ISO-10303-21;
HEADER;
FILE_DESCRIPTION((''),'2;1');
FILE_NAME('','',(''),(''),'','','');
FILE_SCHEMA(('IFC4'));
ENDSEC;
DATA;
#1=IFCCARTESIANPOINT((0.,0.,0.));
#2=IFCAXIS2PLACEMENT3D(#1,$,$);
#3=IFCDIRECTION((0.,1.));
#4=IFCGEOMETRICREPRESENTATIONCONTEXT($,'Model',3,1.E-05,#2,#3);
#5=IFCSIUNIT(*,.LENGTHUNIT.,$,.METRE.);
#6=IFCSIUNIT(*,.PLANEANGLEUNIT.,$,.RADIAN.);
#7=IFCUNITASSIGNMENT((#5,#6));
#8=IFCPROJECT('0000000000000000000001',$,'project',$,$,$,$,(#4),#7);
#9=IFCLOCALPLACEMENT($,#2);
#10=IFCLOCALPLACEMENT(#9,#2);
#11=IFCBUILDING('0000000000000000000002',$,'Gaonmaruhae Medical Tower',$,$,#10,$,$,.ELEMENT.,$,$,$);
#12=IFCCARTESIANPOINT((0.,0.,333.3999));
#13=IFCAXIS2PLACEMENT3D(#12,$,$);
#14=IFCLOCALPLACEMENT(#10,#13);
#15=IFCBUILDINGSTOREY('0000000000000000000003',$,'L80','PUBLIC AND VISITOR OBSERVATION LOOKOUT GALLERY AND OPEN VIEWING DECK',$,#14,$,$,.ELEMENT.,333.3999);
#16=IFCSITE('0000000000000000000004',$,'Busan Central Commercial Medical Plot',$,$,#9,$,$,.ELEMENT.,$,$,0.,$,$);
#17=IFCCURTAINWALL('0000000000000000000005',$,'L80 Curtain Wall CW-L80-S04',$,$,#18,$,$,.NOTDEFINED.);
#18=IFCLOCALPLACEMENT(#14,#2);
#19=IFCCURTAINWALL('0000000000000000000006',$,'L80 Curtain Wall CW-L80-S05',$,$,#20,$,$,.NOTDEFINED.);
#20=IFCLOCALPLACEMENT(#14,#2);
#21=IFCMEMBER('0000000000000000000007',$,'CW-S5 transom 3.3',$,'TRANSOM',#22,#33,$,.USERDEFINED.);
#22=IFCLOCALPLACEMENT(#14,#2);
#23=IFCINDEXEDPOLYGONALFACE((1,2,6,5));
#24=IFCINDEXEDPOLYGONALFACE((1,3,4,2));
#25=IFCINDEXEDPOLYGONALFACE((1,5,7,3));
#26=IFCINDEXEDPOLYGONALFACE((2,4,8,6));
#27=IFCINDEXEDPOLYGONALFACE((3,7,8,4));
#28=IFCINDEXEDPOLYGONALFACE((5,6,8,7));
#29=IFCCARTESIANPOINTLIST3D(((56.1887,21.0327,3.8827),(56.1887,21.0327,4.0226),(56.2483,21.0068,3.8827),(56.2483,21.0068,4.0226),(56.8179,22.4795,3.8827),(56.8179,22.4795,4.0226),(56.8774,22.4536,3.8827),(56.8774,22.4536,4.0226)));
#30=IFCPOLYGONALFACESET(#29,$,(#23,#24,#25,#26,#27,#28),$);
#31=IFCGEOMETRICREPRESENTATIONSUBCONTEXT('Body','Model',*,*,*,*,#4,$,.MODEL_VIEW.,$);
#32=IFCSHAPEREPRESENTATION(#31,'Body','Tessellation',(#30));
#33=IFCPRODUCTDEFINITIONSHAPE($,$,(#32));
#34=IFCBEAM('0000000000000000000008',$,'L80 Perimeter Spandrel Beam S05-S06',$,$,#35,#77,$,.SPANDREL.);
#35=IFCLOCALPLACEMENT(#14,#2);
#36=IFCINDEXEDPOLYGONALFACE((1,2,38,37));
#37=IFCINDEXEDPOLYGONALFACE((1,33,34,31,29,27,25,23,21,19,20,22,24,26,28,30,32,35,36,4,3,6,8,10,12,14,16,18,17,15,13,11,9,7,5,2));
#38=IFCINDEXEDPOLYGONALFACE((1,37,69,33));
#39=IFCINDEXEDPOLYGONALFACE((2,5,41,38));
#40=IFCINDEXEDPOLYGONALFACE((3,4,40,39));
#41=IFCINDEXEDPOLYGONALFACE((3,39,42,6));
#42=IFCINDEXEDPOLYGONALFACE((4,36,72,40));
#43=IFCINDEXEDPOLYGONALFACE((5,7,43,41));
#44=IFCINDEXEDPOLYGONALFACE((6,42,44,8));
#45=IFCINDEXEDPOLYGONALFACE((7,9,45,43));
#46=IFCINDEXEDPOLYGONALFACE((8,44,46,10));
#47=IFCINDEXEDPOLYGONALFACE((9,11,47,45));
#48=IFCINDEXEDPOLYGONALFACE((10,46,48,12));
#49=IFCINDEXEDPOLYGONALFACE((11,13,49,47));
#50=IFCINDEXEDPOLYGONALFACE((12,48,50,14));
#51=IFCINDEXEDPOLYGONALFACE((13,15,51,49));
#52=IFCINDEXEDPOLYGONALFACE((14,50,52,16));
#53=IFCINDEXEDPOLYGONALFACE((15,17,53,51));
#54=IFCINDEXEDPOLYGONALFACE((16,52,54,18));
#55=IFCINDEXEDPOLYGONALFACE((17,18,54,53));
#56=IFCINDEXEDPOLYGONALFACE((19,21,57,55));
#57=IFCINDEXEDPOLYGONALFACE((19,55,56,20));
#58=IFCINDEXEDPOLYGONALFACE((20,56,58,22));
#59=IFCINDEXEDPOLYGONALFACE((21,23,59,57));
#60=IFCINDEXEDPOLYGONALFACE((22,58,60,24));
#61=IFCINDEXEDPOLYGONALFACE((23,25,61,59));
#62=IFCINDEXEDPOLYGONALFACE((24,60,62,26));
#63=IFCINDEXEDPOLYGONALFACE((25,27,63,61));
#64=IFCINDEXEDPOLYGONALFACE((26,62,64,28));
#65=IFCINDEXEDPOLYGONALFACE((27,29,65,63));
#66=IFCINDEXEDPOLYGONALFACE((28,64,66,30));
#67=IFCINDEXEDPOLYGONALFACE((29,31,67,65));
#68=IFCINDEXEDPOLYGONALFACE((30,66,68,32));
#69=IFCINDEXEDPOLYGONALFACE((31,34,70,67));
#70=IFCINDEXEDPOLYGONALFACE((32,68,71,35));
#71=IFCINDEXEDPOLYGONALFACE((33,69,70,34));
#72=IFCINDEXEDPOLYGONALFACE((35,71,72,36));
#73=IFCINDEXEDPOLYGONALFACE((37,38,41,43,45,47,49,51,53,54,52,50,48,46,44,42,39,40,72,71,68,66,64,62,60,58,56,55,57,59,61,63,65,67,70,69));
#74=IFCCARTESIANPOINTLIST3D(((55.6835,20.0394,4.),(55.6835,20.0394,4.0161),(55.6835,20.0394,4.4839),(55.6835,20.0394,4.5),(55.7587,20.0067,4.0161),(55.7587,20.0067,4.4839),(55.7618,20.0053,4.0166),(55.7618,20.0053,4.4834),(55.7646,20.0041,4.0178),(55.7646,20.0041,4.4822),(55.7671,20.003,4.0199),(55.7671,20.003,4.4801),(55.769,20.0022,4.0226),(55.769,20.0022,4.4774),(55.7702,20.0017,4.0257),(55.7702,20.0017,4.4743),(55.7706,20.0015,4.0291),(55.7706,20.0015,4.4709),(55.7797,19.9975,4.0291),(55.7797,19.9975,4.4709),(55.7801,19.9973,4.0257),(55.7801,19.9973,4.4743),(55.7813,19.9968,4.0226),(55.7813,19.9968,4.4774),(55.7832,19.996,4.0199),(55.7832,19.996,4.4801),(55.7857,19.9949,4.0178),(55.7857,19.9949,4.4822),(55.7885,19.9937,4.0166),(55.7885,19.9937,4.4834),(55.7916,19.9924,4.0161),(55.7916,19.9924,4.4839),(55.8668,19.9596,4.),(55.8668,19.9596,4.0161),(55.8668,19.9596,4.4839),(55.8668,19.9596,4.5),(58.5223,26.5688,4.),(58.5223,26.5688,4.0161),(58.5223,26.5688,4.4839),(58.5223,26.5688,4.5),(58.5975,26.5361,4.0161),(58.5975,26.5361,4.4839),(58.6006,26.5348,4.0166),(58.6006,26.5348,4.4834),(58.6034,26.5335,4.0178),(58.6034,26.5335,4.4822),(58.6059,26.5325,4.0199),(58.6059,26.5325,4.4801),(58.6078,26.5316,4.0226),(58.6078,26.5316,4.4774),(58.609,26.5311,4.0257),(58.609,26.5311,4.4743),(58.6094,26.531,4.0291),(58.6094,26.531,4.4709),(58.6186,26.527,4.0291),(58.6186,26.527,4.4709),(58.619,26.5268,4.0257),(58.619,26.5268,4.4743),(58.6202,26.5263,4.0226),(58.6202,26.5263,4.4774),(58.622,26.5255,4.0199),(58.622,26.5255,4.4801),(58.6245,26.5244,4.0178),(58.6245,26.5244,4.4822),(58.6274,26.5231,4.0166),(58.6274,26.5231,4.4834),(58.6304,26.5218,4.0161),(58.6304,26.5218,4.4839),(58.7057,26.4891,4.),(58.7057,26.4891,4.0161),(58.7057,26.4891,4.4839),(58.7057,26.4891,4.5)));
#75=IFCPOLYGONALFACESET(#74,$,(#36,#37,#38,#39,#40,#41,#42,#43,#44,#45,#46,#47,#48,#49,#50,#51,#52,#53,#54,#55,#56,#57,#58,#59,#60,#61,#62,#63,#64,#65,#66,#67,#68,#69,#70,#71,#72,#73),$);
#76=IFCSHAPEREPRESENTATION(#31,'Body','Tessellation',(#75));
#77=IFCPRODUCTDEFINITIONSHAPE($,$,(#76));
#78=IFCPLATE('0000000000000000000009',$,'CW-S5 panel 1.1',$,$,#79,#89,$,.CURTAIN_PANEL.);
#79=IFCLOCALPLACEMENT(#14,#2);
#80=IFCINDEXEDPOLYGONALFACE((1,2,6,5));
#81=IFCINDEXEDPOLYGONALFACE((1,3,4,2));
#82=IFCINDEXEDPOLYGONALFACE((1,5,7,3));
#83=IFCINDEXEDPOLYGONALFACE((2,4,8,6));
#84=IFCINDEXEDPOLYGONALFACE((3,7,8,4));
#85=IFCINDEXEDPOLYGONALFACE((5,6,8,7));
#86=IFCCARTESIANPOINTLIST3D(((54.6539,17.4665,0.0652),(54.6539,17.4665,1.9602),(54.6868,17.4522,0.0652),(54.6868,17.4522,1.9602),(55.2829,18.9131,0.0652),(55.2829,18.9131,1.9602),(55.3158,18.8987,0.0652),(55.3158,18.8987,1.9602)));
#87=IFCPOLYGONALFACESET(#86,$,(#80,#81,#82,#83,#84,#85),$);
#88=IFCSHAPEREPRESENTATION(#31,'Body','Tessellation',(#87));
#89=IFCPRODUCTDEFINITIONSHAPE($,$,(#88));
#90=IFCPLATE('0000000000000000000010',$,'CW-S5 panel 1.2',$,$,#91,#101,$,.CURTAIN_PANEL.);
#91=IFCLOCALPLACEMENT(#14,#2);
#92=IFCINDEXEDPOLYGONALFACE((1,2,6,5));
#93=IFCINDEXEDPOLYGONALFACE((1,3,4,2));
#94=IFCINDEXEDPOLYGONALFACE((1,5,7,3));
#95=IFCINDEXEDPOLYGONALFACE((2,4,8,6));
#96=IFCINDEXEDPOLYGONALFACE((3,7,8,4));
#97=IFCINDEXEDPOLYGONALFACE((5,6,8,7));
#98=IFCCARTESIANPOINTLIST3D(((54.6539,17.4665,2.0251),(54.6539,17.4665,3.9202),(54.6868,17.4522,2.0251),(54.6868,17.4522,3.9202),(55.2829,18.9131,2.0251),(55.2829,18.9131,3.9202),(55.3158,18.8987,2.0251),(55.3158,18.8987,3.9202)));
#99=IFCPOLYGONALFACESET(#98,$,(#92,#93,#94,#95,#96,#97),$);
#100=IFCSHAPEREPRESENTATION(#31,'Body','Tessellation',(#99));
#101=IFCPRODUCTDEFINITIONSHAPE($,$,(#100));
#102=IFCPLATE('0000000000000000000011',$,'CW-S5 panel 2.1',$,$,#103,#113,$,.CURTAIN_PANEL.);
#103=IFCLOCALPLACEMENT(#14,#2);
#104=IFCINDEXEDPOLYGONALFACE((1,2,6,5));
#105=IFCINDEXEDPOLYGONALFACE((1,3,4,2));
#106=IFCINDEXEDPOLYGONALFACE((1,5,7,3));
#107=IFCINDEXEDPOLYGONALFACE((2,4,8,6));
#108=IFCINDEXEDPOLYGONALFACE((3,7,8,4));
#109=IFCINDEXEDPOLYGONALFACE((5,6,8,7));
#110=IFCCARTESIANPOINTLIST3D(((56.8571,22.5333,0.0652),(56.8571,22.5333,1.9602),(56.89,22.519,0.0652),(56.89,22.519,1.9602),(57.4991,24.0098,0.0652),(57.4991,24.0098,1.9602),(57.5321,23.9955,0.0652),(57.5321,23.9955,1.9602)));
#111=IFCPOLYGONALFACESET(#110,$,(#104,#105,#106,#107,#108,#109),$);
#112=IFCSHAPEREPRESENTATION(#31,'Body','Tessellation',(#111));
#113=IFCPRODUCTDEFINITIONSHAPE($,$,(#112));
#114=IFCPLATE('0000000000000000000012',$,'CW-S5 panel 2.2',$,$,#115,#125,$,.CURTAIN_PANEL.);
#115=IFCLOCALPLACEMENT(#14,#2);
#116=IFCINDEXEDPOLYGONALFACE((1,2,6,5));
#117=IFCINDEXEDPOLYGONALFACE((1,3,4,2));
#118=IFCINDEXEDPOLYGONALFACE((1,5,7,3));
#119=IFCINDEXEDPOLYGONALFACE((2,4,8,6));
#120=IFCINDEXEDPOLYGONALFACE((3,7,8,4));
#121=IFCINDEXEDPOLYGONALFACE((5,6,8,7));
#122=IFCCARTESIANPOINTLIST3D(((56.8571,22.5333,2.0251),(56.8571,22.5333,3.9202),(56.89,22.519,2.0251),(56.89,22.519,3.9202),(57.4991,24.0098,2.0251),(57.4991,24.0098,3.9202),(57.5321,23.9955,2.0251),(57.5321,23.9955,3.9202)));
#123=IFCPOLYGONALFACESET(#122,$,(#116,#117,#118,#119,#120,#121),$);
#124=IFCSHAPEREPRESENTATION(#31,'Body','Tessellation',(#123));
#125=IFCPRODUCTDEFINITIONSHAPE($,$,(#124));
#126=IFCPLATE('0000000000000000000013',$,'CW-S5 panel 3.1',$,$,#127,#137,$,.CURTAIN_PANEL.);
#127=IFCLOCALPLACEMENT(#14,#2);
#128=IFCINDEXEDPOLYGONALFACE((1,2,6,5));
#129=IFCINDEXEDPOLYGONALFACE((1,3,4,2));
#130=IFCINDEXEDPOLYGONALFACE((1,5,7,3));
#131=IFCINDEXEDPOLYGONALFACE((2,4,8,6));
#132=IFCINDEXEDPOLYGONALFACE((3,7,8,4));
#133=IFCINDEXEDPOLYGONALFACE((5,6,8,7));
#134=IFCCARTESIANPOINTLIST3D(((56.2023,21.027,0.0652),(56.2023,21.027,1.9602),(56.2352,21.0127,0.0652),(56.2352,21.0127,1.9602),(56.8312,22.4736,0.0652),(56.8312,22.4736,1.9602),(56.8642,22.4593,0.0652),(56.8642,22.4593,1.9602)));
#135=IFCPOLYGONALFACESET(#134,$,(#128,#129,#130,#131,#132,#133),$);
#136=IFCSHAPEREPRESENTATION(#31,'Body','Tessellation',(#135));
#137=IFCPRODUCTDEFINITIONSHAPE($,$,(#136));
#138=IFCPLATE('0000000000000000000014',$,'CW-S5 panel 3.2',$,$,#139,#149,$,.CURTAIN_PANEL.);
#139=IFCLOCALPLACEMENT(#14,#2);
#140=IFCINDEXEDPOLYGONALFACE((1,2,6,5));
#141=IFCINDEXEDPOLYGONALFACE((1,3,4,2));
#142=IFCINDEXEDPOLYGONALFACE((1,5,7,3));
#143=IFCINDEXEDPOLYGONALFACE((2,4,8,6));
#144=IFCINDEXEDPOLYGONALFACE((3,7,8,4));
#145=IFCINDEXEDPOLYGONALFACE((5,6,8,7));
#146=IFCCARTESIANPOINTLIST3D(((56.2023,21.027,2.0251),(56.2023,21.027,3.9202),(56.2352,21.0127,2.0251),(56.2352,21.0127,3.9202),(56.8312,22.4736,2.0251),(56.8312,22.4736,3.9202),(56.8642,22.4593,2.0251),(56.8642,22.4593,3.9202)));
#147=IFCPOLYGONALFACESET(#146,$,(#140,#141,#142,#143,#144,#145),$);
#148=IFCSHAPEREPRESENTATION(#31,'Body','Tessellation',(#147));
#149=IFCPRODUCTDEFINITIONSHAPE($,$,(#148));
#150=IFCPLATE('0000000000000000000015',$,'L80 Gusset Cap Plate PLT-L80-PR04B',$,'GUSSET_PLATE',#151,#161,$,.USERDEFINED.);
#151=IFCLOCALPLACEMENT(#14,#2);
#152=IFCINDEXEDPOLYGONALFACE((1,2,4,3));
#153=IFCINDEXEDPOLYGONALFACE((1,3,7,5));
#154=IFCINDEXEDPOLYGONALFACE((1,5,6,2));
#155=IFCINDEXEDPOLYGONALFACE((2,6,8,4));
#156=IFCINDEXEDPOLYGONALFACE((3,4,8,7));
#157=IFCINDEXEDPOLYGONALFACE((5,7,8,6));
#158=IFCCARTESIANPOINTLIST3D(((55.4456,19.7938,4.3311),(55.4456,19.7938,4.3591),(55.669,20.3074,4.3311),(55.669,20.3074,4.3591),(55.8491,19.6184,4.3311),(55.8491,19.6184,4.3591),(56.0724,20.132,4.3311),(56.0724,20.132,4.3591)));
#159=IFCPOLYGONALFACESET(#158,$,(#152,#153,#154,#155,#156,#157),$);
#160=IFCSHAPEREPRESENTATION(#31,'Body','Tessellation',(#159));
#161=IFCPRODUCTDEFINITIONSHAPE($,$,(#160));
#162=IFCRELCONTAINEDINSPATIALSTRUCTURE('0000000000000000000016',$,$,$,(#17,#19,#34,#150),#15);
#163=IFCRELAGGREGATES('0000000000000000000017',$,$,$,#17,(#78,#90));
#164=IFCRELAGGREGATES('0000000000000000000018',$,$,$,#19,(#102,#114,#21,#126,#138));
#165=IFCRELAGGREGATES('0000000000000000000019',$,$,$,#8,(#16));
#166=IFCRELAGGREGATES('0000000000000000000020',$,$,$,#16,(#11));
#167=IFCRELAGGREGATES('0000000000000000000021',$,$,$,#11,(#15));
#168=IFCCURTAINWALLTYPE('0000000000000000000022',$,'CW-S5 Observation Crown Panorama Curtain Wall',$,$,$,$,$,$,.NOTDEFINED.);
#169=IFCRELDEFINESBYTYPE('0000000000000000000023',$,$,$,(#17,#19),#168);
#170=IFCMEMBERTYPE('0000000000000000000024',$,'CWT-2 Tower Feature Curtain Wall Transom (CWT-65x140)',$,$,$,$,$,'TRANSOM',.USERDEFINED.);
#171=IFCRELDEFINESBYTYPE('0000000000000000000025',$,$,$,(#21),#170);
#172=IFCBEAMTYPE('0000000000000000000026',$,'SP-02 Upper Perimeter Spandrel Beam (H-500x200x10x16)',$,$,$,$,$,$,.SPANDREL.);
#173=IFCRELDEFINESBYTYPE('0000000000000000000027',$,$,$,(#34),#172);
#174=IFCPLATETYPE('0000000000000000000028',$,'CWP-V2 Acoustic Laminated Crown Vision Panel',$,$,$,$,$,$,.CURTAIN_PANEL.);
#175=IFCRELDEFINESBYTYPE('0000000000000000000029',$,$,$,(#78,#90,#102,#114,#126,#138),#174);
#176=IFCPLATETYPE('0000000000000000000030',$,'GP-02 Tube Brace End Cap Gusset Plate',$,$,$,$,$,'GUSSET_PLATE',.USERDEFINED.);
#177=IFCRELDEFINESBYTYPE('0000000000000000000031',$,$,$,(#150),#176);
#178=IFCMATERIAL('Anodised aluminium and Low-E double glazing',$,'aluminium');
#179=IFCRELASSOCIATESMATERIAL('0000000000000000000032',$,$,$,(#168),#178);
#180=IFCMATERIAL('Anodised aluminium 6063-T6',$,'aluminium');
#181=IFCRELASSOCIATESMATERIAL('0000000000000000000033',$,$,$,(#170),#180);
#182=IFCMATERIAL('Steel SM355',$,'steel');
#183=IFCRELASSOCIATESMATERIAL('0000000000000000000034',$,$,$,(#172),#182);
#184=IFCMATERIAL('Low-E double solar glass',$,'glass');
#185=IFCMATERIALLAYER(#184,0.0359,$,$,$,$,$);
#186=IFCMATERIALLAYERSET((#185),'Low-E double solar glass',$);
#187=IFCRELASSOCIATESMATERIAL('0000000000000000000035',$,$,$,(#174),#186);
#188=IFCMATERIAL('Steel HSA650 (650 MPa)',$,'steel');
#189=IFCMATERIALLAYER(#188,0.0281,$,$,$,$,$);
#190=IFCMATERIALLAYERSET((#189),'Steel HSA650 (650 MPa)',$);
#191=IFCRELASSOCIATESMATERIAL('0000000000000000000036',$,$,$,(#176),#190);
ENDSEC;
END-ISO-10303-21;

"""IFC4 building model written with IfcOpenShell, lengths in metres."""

from ifc_helpers import new_model, si_unit, direction, frame, origin, origin_2d, place, context, subcontext, project, spatial, rectangle, i_section, extrude, material, layer, layer_set, material_profile, profile_set, type_object, element, aggregate, save


model = new_model("IFC4")

# Units and contexts
model_context = context("Model", 3, precision=1e-05, world=origin(), true_north=direction((0.0, 1.0)))
body_context = subcontext(model_context, "Body", "Model", "MODEL_VIEW")
ifc_project = project(units=[si_unit("LENGTHUNIT", "METRE"), si_unit("PLANEANGLEUNIT", "RADIAN")], contexts=[model_context])

# Site, building, storey
site_placement = place(None, origin())
site = spatial("IfcSite", under=ifc_project, at=site_placement, Name="Busan Central Commercial Medical Plot", CompositionType="ELEMENT", RefElevation=0.0)
building_placement = place(site_placement, origin())
building = spatial("IfcBuilding", under=site, at=building_placement, Name="Gaonmaruhae Medical Tower", CompositionType="ELEMENT")
storey_placement = place(building_placement, frame((0.0, 0.0, 333.3999)))
storey = spatial("IfcBuildingStorey", under=building, at=storey_placement, Name="L80", Description="PUBLIC AND VISITOR OBSERVATION LOOKOUT GALLERY AND OPEN VIEWING DECK", CompositionType="ELEMENT", Elevation=333.3999)

# Curtain walls
ifc_material_1 = material(Name="Anodised aluminium and Low-E double glazing", Category="aluminium")
curtain_wall_type = type_object("IfcCurtainWallType", Name="CW-S5 Observation Crown Panorama Curtain Wall", PredefinedType="NOTDEFINED", material=ifc_material_1)
curtain_wall_1_placement = place(storey_placement, origin())
curtain_wall_1 = element("IfcCurtainWall", 1, at=curtain_wall_1_placement, inside=storey, type_object=curtain_wall_type, Name="L80 Curtain Wall CW-L80-S04", PredefinedType="NOTDEFINED")
ifc_material_2 = material(Name="Anodised aluminium 6063-T6", Category="aluminium")
curtain_wall_2_placement = place(storey_placement, origin())
curtain_wall_2 = element("IfcCurtainWall", 2, at=curtain_wall_2_placement, inside=storey, type_object=curtain_wall_type, Name="L80 Curtain Wall CW-L80-S05", PredefinedType="NOTDEFINED")

# Member
ifc_material_profile_1 = material_profile(ifc_material_2, rectangle(XDim=0.0649, YDim=0.1399, at=origin_2d()), Name="CWT-65x140")
ifc_profile_set_1 = profile_set([ifc_material_profile_1], Name="Anodised aluminium 6063-T6")
member_type_1 = type_object("IfcMemberType", Name="CWT-2 Tower Feature Curtain Wall Transom (CWT-65x140)", ElementType="TRANSOM", PredefinedType="USERDEFINED", material=ifc_profile_set_1)
member_1_placement = place(storey_placement, frame((56.8477, 22.4666, 3.9526), z_axis=(-0.398788, -0.917043, 0.0), x_axis=(0.917043, -0.398788, 0.0)))
member_1 = element("IfcMember", 3, at=member_1_placement, type_object=member_type_1, Name="CW-S5 transom 3.3", ObjectType="TRANSOM", PredefinedType="USERDEFINED", context=body_context, shape_type="SweptSolid", body=[
    extrude(rectangle(XDim=0.0649, YDim=0.1399, at=origin_2d()), origin(), (0.0, 0.0, 1.0), 1.5776),
])

# Beam
ifc_material_3 = material(Name="Steel SM355", Category="steel")
ifc_material_profile_2 = material_profile(ifc_material_3, i_section(OverallWidth=0.2, OverallDepth=0.5, WebThickness=0.01, FlangeThickness=0.0161, FilletRadius=0.0129, at=origin_2d()), Name="H-500x200x10x16")
ifc_profile_set_2 = profile_set([ifc_material_profile_2], Name="Steel SM355")
beam_type = type_object("IfcBeamType", Name="SP-02 Upper Perimeter Spandrel Beam (H-500x200x10x16)", PredefinedType="SPANDREL", material=ifc_profile_set_2)
beam_placement = place(storey_placement, frame((55.7751, 19.9995, 4.25), z_axis=(0.398719, 0.917073, 0.0), x_axis=(-0.917073, 0.398719, 0.0)))
element("IfcBeam", 4, at=beam_placement, inside=storey, type_object=beam_type, Name="L80 Perimeter Spandrel Beam S05-S06", PredefinedType="SPANDREL", context=body_context, shape_type="SweptSolid", body=[
    extrude(i_section(OverallWidth=0.2, OverallDepth=0.5, WebThickness=0.01, FlangeThickness=0.0161, FilletRadius=0.0129, at=origin_2d()), origin(), (0.0, 0.0, 1.0), 7.1199),
])

# Plates
ifc_material_4 = material(Name="Low-E double solar glass", Category="glass")
ifc_layer_1 = layer(ifc_material_4, 0.0359)
ifc_layer_set_1 = layer_set([ifc_layer_1], Name="Low-E double solar glass")
plate_type_1 = type_object("IfcPlateType", Name="CWP-V2 Acoustic Laminated Crown Vision Panel", PredefinedType="CURTAIN_PANEL", material=ifc_layer_set_1)
plate_1_placement = place(storey_placement, frame((54.9849, 18.1826, 0.0652), z_axis=(0.0, 0.0, 1.0), x_axis=(-0.398749, -0.91706, 0.0)))
plate_1 = element("IfcPlate", 5, at=plate_1_placement, type_object=plate_type_1, Name="CW-S5 panel 1.1", PredefinedType="CURTAIN_PANEL", context=body_context, shape_type="SweptSolid", body=[
    extrude(rectangle(XDim=1.5774, YDim=0.0359, at=origin_2d()), origin(), (0.0, 0.0, 1.0), 1.895),
])
plate_2_placement = place(storey_placement, frame((54.9849, 18.1826, 2.0251), z_axis=(0.0, 0.0, 1.0), x_axis=(-0.398749, -0.91706, 0.0)))
plate_2 = element("IfcPlate", 6, at=plate_2_placement, type_object=plate_type_1, Name="CW-S5 panel 1.2", PredefinedType="CURTAIN_PANEL", context=body_context, shape_type="SweptSolid", body=[
    extrude(rectangle(XDim=1.5774, YDim=0.0359, at=origin_2d()), origin(), (0.0, 0.0, 1.0), 1.895),
])
aggregate(curtain_wall_1, [plate_1, plate_2])
plate_3_placement = place(storey_placement, frame((57.1946, 23.2644, 0.0652), z_axis=(0.0, 0.0, 1.0), x_axis=(-0.398749, -0.91706, 0.0)))
plate_3 = element("IfcPlate", 7, at=plate_3_placement, type_object=plate_type_1, Name="CW-S5 panel 2.1", PredefinedType="CURTAIN_PANEL", context=body_context, shape_type="SweptSolid", body=[
    extrude(rectangle(XDim=1.6101, YDim=0.0359, at=origin_2d()), origin(), (0.0, 0.0, 1.0), 1.895),
])
plate_4_placement = place(storey_placement, frame((57.1946, 23.2644, 2.0251), z_axis=(0.0, 0.0, 1.0), x_axis=(-0.398749, -0.91706, 0.0)))
plate_4 = element("IfcPlate", 8, at=plate_4_placement, type_object=plate_type_1, Name="CW-S5 panel 2.2", PredefinedType="CURTAIN_PANEL", context=body_context, shape_type="SweptSolid", body=[
    extrude(rectangle(XDim=1.6101, YDim=0.0359, at=origin_2d()), origin(), (0.0, 0.0, 1.0), 1.895),
])
plate_5_placement = place(storey_placement, frame((56.5332, 21.7432, 0.0652), z_axis=(0.0, 0.0, 1.0), x_axis=(-0.398749, -0.91706, 0.0)))
plate_5 = element("IfcPlate", 9, at=plate_5_placement, type_object=plate_type_1, Name="CW-S5 panel 3.1", PredefinedType="CURTAIN_PANEL", context=body_context, shape_type="SweptSolid", body=[
    extrude(rectangle(XDim=1.5774, YDim=0.0359, at=origin_2d()), origin(), (0.0, 0.0, 1.0), 1.895),
])
plate_6_placement = place(storey_placement, frame((56.5332, 21.7432, 2.0251), z_axis=(0.0, 0.0, 1.0), x_axis=(-0.398749, -0.91706, 0.0)))
plate_6 = element("IfcPlate", 10, at=plate_6_placement, type_object=plate_type_1, Name="CW-S5 panel 3.2", PredefinedType="CURTAIN_PANEL", context=body_context, shape_type="SweptSolid", body=[
    extrude(rectangle(XDim=1.5774, YDim=0.0359, at=origin_2d()), origin(), (0.0, 0.0, 1.0), 1.895),
])
aggregate(curtain_wall_2, [plate_3, plate_4, member_1, plate_5, plate_6])
ifc_material_5 = material(Name="Steel HSA650 (650 MPa)", Category="steel")
ifc_layer_2 = layer(ifc_material_5, 0.0281)
ifc_layer_set_2 = layer_set([ifc_layer_2], Name="Steel HSA650 (650 MPa)")
plate_type_2 = type_object("IfcPlateType", Name="GP-02 Tube Brace End Cap Gusset Plate", ElementType="GUSSET_PLATE", PredefinedType="USERDEFINED", material=ifc_layer_set_2)
plate_7_placement = place(storey_placement, frame((55.759, 19.9629, 4.3311), z_axis=(0.0, 0.0, 1.0), x_axis=(0.398749, 0.91706, 0.0)))
element("IfcPlate", 11, at=plate_7_placement, inside=storey, type_object=plate_type_2, Name="L80 Gusset Cap Plate PLT-L80-PR04B", ObjectType="GUSSET_PLATE", PredefinedType="USERDEFINED", context=body_context, shape_type="SweptSolid", body=[
    extrude(rectangle(XDim=0.5601, YDim=0.4399, at=origin_2d()), origin(), (0.0, 0.0, 1.0), 0.0281),
])

save(model, "model.ifc")
